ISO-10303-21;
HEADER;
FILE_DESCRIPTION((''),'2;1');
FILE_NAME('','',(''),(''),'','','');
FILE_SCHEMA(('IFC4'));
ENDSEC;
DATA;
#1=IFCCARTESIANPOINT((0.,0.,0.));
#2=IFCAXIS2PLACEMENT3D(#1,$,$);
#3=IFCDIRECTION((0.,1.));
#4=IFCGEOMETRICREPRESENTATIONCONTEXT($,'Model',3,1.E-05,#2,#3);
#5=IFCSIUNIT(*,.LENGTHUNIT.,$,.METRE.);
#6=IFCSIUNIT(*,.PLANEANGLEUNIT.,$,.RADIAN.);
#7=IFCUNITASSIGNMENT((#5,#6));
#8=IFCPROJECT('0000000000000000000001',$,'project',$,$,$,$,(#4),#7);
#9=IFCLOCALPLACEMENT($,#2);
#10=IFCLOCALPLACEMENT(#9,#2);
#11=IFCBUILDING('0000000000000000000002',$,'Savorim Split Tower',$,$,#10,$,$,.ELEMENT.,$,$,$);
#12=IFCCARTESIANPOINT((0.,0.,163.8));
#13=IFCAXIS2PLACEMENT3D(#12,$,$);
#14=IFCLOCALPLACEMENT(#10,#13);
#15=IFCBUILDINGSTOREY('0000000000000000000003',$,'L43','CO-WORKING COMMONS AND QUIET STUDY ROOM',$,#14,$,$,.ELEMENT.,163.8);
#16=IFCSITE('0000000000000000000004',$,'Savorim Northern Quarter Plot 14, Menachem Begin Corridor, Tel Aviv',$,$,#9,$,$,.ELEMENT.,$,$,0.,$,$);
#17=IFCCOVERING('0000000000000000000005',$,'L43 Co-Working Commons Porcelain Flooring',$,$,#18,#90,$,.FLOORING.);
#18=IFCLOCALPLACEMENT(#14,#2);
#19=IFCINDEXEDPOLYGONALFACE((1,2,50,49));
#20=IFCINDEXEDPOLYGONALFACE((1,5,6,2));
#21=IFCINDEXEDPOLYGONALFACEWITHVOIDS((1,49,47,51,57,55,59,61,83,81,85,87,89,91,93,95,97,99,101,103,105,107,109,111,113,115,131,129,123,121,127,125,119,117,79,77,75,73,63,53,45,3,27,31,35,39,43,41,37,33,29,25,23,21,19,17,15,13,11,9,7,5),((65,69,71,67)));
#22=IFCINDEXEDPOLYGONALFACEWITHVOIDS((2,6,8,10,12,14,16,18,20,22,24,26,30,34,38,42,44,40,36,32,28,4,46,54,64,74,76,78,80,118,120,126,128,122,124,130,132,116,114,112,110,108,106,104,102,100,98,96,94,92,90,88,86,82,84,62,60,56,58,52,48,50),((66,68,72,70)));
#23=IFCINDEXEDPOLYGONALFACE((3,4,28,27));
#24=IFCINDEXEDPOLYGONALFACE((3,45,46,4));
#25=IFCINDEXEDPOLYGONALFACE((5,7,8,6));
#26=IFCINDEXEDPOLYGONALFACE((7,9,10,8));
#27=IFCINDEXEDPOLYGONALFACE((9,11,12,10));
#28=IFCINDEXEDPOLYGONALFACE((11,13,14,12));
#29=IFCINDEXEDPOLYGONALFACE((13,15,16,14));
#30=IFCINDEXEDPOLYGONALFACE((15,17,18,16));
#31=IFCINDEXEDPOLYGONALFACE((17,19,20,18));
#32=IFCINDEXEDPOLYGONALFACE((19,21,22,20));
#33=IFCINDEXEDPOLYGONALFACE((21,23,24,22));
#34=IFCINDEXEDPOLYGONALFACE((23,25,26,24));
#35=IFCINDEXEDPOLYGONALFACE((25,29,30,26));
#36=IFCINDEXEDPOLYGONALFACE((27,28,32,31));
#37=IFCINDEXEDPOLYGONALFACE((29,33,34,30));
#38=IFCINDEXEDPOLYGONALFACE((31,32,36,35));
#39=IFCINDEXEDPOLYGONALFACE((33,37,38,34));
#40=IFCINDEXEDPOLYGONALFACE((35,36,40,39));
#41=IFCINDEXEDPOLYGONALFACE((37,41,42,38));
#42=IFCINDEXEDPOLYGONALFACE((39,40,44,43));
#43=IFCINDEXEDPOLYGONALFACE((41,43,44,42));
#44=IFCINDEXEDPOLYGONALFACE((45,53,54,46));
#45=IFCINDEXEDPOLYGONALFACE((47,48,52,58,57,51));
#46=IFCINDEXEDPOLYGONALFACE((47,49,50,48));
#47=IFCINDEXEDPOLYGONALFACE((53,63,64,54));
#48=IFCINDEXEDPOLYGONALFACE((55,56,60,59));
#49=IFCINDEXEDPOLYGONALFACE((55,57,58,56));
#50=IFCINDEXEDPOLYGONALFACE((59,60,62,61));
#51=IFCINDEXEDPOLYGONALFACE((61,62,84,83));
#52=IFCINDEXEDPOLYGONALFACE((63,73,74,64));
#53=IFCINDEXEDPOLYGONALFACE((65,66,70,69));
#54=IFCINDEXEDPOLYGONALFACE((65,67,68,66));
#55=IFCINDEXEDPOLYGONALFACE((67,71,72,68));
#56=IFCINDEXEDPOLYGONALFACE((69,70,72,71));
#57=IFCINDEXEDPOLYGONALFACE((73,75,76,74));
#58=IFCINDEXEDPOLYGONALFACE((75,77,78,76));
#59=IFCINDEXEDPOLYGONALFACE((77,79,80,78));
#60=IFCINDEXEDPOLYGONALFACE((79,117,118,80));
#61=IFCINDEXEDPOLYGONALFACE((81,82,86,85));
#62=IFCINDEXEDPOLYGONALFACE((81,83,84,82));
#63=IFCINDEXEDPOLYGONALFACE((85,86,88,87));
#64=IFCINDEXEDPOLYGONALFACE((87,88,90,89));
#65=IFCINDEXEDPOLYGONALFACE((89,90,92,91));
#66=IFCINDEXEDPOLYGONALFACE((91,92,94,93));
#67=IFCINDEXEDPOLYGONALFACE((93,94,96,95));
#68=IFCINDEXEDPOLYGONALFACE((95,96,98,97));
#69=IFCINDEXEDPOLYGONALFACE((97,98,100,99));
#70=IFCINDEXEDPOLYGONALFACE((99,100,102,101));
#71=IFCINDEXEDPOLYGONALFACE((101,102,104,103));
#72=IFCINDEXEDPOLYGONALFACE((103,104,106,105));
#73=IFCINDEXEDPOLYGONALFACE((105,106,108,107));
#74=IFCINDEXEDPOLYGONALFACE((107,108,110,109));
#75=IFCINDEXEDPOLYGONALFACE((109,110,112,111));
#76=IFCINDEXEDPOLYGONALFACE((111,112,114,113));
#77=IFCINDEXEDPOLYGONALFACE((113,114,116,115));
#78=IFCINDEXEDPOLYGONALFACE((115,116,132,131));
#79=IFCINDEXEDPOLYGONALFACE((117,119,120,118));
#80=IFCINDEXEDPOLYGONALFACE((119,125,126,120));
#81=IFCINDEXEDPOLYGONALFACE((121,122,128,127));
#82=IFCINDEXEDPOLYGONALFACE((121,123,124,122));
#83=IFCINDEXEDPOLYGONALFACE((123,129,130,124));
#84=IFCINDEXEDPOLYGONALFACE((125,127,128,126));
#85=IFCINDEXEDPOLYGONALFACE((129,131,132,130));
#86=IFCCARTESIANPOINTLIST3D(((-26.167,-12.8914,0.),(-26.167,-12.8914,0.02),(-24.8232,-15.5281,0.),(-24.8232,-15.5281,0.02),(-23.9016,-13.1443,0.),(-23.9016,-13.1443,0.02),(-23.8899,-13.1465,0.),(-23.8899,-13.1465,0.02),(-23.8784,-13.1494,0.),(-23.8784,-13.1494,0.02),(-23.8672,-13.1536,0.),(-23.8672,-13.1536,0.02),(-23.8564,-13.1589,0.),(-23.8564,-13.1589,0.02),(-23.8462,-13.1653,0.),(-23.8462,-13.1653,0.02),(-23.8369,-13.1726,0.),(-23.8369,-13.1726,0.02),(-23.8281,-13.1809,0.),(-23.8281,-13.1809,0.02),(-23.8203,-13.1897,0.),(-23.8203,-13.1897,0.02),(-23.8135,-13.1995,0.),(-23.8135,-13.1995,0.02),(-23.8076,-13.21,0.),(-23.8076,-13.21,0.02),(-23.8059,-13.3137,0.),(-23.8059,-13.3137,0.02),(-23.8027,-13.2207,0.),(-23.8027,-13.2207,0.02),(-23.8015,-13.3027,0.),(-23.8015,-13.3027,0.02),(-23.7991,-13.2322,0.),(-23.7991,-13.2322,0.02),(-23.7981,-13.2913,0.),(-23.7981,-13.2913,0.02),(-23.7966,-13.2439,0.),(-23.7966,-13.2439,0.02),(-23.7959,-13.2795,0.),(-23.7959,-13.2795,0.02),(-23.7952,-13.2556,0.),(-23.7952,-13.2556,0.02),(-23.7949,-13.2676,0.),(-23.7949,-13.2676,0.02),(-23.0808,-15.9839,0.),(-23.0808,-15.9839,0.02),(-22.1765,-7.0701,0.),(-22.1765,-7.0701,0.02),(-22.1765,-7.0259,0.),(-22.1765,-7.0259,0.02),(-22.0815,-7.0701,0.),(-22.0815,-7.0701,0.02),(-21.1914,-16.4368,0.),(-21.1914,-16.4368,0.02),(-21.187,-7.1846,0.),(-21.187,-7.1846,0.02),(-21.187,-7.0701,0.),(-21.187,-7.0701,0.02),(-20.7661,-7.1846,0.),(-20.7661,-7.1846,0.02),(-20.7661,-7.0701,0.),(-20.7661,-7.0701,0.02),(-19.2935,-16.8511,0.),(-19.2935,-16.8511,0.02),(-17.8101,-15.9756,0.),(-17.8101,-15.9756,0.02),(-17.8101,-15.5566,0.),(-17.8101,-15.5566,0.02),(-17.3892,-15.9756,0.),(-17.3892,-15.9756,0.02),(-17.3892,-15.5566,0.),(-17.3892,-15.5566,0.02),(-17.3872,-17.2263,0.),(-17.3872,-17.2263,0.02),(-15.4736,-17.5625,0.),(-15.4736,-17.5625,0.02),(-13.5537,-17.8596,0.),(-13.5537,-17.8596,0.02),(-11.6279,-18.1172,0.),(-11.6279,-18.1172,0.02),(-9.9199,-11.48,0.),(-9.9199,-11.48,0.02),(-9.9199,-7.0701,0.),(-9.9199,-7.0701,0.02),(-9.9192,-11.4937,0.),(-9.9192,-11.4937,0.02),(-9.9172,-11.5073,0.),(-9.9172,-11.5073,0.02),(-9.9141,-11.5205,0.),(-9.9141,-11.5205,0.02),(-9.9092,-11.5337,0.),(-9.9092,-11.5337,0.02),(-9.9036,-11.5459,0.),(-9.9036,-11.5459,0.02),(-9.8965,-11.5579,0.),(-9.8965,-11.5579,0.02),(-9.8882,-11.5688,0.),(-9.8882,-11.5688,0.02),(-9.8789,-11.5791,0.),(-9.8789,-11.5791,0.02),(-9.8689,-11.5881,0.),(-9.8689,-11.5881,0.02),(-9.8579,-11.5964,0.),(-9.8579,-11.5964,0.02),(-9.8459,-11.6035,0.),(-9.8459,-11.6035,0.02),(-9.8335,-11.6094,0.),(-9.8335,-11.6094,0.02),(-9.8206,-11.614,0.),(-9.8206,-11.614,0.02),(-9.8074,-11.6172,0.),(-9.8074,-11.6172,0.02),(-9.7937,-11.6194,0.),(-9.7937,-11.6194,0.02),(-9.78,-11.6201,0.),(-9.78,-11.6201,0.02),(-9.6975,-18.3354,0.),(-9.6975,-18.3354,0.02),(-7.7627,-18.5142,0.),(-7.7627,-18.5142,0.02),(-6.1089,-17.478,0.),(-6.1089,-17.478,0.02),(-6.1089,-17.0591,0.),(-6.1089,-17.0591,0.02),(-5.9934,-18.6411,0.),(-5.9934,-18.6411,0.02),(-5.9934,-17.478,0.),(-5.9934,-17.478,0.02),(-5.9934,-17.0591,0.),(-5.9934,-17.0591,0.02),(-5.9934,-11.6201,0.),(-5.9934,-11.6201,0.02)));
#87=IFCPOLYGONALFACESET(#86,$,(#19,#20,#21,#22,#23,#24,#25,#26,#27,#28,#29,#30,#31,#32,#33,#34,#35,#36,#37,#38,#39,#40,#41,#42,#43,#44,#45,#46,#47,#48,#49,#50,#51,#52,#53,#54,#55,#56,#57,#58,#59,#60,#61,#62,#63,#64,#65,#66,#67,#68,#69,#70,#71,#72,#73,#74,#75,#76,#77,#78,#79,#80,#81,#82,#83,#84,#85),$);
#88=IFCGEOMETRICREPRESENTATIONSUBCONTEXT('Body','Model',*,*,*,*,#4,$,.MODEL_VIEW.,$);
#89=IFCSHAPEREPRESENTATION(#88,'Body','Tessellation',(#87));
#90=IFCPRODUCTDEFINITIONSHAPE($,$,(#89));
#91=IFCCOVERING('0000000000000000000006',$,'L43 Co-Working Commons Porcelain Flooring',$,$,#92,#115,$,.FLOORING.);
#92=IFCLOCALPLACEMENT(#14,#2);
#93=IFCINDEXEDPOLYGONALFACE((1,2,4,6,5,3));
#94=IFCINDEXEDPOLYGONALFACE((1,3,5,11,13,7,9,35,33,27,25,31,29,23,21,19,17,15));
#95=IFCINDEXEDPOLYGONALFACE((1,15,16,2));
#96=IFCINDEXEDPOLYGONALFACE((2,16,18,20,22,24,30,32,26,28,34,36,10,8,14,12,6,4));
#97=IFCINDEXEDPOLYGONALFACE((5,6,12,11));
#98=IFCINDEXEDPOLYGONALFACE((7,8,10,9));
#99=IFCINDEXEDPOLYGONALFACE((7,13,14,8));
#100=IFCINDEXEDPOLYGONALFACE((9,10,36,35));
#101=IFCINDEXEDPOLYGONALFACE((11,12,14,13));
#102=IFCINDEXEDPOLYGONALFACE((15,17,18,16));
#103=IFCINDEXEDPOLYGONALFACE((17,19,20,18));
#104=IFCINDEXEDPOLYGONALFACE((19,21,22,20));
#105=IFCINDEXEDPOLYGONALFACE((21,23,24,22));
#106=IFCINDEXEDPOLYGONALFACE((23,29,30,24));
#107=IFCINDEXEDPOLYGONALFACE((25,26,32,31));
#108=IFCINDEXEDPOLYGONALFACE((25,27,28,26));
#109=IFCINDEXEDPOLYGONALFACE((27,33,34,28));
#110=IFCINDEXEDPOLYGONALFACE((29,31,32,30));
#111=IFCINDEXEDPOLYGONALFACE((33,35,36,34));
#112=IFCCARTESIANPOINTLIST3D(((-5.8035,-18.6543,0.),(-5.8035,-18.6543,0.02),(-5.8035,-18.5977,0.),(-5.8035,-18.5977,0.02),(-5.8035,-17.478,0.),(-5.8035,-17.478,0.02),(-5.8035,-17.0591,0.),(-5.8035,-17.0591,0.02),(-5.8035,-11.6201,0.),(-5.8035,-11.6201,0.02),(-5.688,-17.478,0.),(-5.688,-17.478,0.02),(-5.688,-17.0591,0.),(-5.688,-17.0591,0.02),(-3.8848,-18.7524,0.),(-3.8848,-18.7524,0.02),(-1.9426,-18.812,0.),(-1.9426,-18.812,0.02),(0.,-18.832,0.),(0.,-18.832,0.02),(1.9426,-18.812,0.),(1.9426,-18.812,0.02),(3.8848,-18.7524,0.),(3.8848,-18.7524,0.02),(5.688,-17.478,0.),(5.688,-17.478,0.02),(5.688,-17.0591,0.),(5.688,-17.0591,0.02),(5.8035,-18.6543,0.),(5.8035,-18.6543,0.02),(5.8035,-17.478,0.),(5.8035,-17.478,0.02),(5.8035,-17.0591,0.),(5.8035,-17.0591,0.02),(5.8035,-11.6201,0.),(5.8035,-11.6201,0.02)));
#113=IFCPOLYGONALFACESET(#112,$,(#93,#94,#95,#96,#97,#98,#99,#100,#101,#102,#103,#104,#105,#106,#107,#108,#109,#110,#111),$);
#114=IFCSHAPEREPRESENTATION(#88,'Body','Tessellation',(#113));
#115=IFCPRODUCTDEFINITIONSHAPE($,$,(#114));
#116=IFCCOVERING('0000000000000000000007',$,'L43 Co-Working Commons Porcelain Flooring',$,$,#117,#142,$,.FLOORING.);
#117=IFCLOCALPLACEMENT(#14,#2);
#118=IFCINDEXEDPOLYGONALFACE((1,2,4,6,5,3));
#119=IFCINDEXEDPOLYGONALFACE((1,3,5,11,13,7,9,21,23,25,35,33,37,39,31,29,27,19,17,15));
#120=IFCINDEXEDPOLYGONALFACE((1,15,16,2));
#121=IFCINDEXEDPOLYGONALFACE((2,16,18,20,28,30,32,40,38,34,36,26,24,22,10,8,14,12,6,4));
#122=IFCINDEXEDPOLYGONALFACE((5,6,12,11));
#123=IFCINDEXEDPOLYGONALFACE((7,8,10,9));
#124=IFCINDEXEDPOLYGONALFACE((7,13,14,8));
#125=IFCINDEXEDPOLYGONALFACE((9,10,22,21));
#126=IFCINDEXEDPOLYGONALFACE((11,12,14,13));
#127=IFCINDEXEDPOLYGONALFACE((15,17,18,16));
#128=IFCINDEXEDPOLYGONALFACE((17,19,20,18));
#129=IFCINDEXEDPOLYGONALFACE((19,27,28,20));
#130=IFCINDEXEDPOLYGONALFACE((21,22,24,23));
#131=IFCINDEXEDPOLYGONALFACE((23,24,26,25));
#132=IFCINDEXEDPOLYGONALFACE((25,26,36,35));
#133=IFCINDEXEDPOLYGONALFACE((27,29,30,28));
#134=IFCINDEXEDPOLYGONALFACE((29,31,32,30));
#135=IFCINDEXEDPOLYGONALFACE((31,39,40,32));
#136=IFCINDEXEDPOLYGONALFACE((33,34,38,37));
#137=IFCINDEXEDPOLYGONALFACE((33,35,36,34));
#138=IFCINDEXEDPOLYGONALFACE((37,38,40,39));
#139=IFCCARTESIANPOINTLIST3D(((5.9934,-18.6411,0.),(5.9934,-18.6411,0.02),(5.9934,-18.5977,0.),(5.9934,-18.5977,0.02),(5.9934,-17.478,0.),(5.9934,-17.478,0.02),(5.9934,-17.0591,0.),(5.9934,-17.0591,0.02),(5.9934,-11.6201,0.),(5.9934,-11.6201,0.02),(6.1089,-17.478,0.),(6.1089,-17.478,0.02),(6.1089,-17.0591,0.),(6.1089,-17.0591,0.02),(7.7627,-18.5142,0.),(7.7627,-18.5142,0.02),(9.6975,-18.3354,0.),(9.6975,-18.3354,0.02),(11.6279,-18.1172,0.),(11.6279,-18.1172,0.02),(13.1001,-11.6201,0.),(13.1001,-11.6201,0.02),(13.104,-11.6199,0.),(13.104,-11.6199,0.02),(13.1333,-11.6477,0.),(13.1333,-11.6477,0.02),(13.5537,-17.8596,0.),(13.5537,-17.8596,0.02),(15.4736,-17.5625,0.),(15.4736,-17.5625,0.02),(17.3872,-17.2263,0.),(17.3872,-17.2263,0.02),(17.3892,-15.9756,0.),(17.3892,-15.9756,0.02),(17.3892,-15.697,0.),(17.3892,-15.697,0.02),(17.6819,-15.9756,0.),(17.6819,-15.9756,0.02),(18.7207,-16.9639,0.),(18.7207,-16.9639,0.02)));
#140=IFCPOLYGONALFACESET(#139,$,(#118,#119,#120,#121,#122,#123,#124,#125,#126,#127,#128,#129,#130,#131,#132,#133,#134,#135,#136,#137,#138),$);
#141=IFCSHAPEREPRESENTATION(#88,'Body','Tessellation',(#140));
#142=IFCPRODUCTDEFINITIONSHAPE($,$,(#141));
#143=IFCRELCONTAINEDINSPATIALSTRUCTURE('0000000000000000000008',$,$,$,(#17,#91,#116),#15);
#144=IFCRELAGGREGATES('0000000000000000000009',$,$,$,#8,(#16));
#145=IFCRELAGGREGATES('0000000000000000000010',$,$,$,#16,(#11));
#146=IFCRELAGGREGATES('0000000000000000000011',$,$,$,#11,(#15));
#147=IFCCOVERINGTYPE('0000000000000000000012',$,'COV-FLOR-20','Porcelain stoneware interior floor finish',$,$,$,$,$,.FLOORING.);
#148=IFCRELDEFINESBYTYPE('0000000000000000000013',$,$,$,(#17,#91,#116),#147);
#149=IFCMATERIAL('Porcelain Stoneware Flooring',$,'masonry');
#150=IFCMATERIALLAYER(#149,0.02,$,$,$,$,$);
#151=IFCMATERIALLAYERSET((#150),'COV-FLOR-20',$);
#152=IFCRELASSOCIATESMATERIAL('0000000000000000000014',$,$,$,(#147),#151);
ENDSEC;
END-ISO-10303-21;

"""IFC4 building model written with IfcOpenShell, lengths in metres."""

from ifc_helpers import new_model, si_unit, direction, frame, origin, place, context, subcontext, project, spatial, polyline, outline, extrude, material, layer, layer_set, type_object, element, save


model = new_model("IFC4")

# Units and contexts
model_context = context("Model", 3, precision=1e-05, world=origin(), true_north=direction((0.0, 1.0)))
body_context = subcontext(model_context, "Body", "Model", "MODEL_VIEW")
ifc_project = project(units=[si_unit("LENGTHUNIT", "METRE"), si_unit("PLANEANGLEUNIT", "RADIAN")], contexts=[model_context])

# Site, building, storey
site_placement = place(None, origin())
site = spatial("IfcSite", under=ifc_project, at=site_placement, Name="Savorim Northern Quarter Plot 14, Menachem Begin Corridor, Tel Aviv", CompositionType="ELEMENT", RefElevation=0.0)
building_placement = place(site_placement, origin())
building = spatial("IfcBuilding", under=site, at=building_placement, Name="Savorim Split Tower", CompositionType="ELEMENT")
storey_placement = place(building_placement, frame((0.0, 0.0, 163.8)))
storey = spatial("IfcBuildingStorey", under=building, at=storey_placement, Name="L43", Description="CO-WORKING COMMONS AND QUIET STUDY ROOM", CompositionType="ELEMENT", Elevation=163.8)

# Coverings
ifc_material_1 = material(Name="Porcelain Stoneware Flooring", Category="masonry")
ifc_layer_1 = layer(ifc_material_1, 0.02)
ifc_layer_set_1 = layer_set([ifc_layer_1], Name="COV-FLOR-20")
covering_type_1 = type_object("IfcCoveringType", Name="COV-FLOR-20", Description="Porcelain stoneware interior floor finish", PredefinedType="FLOORING", material=ifc_layer_set_1)
covering_1_placement = place(storey_placement, origin())
element("IfcCovering", 1, at=covering_1_placement, inside=storey, type_object=covering_type_1, Name="L43 Co-Working Commons Porcelain Flooring", PredefinedType="FLOORING", context=body_context, shape_type="SweptSolid", body=[
    extrude(outline(polyline([(-23.7952, -13.2556), (-23.7949, -13.2676), (-23.7959, -13.2795), (-23.7981, -13.2913), (-23.8015, -13.3027), (-23.8059, -13.3137), (-24.8232, -15.5281), (-23.0808, -15.9839), (-21.1914, -16.4368), (-19.2935, -16.8511), (-17.3872, -17.2263), (-15.4736, -17.5625), (-13.5537, -17.8596), (-11.6279, -18.1172), (-9.6975, -18.3354), (-7.7627, -18.5142), (-5.9934, -18.6411), (-5.9934, -17.478), (-6.1089, -17.478), (-6.1089, -17.0591), (-5.9934, -17.0591), (-5.9934, -11.6201), (-9.78, -11.6201), (-9.7937, -11.6194), (-9.8074, -11.6172), (-9.8206, -11.614), (-9.8335, -11.6094), (-9.8459, -11.6035), (-9.8579, -11.5964), (-9.8689, -11.5881), (-9.8789, -11.5791), (-9.8882, -11.5688), (-9.8965, -11.5579), (-9.9036, -11.5459), (-9.9092, -11.5337), (-9.9141, -11.5205), (-9.9172, -11.5073), (-9.9192, -11.4937), (-9.9199, -11.48), (-9.9199, -7.0701), (-20.7661, -7.0701), (-20.7661, -7.1846), (-21.187, -7.1846), (-21.187, -7.0701), (-22.0815, -7.0701), (-22.1765, -7.0701), (-22.1765, -7.0259), (-26.167, -12.8914), (-23.9016, -13.1443), (-23.8899, -13.1465), (-23.8784, -13.1494), (-23.8672, -13.1536), (-23.8564, -13.1589), (-23.8462, -13.1653), (-23.8369, -13.1726), (-23.8281, -13.1809), (-23.8203, -13.1897), (-23.8135, -13.1995), (-23.8076, -13.21), (-23.8027, -13.2207), (-23.7991, -13.2322), (-23.7966, -13.2439), (-23.7952, -13.2556)]), holes=[polyline([(-17.8101, -15.9756), (-17.3892, -15.9756), (-17.3892, -15.5566), (-17.8101, -15.5566), (-17.8101, -15.9756)])]), origin(), (0.0, 0.0, 1.0), 0.02),
])
covering_2_placement = place(storey_placement, origin())
element("IfcCovering", 2, at=covering_2_placement, inside=storey, type_object=covering_type_1, Name="L43 Co-Working Commons Porcelain Flooring", PredefinedType="FLOORING", context=body_context, shape_type="SweptSolid", body=[
    extrude(outline(polyline([(-1.9426, -18.812), (0.0, -18.832), (1.9426, -18.812), (3.8848, -18.7524), (5.8035, -18.6543), (5.8035, -17.478), (5.688, -17.478), (5.688, -17.0591), (5.8035, -17.0591), (5.8035, -11.6201), (-5.8035, -11.6201), (-5.8035, -17.0591), (-5.688, -17.0591), (-5.688, -17.478), (-5.8035, -17.478), (-5.8035, -18.5977), (-5.8035, -18.6543), (-3.8848, -18.7524), (-1.9426, -18.812)])), origin(), (0.0, 0.0, 1.0), 0.02),
])
covering_3_placement = place(storey_placement, origin())
element("IfcCovering", 3, at=covering_3_placement, inside=storey, type_object=covering_type_1, Name="L43 Co-Working Commons Porcelain Flooring", PredefinedType="FLOORING", context=body_context, shape_type="SweptSolid", body=[
    extrude(outline(polyline([(11.6279, -18.1172), (13.5537, -17.8596), (15.4736, -17.5625), (17.3872, -17.2263), (18.7207, -16.9639), (17.6819, -15.9756), (17.3892, -15.9756), (17.3892, -15.697), (13.1333, -11.6477), (13.104, -11.6199), (13.1001, -11.6201), (5.9934, -11.6201), (5.9934, -17.0591), (6.1089, -17.0591), (6.1089, -17.478), (5.9934, -17.478), (5.9934, -18.5977), (5.9934, -18.6411), (7.7627, -18.5142), (9.6975, -18.3354), (11.6279, -18.1172)])), origin(), (0.0, 0.0, 1.0), 0.02),
])

save(model, "model.ifc")
